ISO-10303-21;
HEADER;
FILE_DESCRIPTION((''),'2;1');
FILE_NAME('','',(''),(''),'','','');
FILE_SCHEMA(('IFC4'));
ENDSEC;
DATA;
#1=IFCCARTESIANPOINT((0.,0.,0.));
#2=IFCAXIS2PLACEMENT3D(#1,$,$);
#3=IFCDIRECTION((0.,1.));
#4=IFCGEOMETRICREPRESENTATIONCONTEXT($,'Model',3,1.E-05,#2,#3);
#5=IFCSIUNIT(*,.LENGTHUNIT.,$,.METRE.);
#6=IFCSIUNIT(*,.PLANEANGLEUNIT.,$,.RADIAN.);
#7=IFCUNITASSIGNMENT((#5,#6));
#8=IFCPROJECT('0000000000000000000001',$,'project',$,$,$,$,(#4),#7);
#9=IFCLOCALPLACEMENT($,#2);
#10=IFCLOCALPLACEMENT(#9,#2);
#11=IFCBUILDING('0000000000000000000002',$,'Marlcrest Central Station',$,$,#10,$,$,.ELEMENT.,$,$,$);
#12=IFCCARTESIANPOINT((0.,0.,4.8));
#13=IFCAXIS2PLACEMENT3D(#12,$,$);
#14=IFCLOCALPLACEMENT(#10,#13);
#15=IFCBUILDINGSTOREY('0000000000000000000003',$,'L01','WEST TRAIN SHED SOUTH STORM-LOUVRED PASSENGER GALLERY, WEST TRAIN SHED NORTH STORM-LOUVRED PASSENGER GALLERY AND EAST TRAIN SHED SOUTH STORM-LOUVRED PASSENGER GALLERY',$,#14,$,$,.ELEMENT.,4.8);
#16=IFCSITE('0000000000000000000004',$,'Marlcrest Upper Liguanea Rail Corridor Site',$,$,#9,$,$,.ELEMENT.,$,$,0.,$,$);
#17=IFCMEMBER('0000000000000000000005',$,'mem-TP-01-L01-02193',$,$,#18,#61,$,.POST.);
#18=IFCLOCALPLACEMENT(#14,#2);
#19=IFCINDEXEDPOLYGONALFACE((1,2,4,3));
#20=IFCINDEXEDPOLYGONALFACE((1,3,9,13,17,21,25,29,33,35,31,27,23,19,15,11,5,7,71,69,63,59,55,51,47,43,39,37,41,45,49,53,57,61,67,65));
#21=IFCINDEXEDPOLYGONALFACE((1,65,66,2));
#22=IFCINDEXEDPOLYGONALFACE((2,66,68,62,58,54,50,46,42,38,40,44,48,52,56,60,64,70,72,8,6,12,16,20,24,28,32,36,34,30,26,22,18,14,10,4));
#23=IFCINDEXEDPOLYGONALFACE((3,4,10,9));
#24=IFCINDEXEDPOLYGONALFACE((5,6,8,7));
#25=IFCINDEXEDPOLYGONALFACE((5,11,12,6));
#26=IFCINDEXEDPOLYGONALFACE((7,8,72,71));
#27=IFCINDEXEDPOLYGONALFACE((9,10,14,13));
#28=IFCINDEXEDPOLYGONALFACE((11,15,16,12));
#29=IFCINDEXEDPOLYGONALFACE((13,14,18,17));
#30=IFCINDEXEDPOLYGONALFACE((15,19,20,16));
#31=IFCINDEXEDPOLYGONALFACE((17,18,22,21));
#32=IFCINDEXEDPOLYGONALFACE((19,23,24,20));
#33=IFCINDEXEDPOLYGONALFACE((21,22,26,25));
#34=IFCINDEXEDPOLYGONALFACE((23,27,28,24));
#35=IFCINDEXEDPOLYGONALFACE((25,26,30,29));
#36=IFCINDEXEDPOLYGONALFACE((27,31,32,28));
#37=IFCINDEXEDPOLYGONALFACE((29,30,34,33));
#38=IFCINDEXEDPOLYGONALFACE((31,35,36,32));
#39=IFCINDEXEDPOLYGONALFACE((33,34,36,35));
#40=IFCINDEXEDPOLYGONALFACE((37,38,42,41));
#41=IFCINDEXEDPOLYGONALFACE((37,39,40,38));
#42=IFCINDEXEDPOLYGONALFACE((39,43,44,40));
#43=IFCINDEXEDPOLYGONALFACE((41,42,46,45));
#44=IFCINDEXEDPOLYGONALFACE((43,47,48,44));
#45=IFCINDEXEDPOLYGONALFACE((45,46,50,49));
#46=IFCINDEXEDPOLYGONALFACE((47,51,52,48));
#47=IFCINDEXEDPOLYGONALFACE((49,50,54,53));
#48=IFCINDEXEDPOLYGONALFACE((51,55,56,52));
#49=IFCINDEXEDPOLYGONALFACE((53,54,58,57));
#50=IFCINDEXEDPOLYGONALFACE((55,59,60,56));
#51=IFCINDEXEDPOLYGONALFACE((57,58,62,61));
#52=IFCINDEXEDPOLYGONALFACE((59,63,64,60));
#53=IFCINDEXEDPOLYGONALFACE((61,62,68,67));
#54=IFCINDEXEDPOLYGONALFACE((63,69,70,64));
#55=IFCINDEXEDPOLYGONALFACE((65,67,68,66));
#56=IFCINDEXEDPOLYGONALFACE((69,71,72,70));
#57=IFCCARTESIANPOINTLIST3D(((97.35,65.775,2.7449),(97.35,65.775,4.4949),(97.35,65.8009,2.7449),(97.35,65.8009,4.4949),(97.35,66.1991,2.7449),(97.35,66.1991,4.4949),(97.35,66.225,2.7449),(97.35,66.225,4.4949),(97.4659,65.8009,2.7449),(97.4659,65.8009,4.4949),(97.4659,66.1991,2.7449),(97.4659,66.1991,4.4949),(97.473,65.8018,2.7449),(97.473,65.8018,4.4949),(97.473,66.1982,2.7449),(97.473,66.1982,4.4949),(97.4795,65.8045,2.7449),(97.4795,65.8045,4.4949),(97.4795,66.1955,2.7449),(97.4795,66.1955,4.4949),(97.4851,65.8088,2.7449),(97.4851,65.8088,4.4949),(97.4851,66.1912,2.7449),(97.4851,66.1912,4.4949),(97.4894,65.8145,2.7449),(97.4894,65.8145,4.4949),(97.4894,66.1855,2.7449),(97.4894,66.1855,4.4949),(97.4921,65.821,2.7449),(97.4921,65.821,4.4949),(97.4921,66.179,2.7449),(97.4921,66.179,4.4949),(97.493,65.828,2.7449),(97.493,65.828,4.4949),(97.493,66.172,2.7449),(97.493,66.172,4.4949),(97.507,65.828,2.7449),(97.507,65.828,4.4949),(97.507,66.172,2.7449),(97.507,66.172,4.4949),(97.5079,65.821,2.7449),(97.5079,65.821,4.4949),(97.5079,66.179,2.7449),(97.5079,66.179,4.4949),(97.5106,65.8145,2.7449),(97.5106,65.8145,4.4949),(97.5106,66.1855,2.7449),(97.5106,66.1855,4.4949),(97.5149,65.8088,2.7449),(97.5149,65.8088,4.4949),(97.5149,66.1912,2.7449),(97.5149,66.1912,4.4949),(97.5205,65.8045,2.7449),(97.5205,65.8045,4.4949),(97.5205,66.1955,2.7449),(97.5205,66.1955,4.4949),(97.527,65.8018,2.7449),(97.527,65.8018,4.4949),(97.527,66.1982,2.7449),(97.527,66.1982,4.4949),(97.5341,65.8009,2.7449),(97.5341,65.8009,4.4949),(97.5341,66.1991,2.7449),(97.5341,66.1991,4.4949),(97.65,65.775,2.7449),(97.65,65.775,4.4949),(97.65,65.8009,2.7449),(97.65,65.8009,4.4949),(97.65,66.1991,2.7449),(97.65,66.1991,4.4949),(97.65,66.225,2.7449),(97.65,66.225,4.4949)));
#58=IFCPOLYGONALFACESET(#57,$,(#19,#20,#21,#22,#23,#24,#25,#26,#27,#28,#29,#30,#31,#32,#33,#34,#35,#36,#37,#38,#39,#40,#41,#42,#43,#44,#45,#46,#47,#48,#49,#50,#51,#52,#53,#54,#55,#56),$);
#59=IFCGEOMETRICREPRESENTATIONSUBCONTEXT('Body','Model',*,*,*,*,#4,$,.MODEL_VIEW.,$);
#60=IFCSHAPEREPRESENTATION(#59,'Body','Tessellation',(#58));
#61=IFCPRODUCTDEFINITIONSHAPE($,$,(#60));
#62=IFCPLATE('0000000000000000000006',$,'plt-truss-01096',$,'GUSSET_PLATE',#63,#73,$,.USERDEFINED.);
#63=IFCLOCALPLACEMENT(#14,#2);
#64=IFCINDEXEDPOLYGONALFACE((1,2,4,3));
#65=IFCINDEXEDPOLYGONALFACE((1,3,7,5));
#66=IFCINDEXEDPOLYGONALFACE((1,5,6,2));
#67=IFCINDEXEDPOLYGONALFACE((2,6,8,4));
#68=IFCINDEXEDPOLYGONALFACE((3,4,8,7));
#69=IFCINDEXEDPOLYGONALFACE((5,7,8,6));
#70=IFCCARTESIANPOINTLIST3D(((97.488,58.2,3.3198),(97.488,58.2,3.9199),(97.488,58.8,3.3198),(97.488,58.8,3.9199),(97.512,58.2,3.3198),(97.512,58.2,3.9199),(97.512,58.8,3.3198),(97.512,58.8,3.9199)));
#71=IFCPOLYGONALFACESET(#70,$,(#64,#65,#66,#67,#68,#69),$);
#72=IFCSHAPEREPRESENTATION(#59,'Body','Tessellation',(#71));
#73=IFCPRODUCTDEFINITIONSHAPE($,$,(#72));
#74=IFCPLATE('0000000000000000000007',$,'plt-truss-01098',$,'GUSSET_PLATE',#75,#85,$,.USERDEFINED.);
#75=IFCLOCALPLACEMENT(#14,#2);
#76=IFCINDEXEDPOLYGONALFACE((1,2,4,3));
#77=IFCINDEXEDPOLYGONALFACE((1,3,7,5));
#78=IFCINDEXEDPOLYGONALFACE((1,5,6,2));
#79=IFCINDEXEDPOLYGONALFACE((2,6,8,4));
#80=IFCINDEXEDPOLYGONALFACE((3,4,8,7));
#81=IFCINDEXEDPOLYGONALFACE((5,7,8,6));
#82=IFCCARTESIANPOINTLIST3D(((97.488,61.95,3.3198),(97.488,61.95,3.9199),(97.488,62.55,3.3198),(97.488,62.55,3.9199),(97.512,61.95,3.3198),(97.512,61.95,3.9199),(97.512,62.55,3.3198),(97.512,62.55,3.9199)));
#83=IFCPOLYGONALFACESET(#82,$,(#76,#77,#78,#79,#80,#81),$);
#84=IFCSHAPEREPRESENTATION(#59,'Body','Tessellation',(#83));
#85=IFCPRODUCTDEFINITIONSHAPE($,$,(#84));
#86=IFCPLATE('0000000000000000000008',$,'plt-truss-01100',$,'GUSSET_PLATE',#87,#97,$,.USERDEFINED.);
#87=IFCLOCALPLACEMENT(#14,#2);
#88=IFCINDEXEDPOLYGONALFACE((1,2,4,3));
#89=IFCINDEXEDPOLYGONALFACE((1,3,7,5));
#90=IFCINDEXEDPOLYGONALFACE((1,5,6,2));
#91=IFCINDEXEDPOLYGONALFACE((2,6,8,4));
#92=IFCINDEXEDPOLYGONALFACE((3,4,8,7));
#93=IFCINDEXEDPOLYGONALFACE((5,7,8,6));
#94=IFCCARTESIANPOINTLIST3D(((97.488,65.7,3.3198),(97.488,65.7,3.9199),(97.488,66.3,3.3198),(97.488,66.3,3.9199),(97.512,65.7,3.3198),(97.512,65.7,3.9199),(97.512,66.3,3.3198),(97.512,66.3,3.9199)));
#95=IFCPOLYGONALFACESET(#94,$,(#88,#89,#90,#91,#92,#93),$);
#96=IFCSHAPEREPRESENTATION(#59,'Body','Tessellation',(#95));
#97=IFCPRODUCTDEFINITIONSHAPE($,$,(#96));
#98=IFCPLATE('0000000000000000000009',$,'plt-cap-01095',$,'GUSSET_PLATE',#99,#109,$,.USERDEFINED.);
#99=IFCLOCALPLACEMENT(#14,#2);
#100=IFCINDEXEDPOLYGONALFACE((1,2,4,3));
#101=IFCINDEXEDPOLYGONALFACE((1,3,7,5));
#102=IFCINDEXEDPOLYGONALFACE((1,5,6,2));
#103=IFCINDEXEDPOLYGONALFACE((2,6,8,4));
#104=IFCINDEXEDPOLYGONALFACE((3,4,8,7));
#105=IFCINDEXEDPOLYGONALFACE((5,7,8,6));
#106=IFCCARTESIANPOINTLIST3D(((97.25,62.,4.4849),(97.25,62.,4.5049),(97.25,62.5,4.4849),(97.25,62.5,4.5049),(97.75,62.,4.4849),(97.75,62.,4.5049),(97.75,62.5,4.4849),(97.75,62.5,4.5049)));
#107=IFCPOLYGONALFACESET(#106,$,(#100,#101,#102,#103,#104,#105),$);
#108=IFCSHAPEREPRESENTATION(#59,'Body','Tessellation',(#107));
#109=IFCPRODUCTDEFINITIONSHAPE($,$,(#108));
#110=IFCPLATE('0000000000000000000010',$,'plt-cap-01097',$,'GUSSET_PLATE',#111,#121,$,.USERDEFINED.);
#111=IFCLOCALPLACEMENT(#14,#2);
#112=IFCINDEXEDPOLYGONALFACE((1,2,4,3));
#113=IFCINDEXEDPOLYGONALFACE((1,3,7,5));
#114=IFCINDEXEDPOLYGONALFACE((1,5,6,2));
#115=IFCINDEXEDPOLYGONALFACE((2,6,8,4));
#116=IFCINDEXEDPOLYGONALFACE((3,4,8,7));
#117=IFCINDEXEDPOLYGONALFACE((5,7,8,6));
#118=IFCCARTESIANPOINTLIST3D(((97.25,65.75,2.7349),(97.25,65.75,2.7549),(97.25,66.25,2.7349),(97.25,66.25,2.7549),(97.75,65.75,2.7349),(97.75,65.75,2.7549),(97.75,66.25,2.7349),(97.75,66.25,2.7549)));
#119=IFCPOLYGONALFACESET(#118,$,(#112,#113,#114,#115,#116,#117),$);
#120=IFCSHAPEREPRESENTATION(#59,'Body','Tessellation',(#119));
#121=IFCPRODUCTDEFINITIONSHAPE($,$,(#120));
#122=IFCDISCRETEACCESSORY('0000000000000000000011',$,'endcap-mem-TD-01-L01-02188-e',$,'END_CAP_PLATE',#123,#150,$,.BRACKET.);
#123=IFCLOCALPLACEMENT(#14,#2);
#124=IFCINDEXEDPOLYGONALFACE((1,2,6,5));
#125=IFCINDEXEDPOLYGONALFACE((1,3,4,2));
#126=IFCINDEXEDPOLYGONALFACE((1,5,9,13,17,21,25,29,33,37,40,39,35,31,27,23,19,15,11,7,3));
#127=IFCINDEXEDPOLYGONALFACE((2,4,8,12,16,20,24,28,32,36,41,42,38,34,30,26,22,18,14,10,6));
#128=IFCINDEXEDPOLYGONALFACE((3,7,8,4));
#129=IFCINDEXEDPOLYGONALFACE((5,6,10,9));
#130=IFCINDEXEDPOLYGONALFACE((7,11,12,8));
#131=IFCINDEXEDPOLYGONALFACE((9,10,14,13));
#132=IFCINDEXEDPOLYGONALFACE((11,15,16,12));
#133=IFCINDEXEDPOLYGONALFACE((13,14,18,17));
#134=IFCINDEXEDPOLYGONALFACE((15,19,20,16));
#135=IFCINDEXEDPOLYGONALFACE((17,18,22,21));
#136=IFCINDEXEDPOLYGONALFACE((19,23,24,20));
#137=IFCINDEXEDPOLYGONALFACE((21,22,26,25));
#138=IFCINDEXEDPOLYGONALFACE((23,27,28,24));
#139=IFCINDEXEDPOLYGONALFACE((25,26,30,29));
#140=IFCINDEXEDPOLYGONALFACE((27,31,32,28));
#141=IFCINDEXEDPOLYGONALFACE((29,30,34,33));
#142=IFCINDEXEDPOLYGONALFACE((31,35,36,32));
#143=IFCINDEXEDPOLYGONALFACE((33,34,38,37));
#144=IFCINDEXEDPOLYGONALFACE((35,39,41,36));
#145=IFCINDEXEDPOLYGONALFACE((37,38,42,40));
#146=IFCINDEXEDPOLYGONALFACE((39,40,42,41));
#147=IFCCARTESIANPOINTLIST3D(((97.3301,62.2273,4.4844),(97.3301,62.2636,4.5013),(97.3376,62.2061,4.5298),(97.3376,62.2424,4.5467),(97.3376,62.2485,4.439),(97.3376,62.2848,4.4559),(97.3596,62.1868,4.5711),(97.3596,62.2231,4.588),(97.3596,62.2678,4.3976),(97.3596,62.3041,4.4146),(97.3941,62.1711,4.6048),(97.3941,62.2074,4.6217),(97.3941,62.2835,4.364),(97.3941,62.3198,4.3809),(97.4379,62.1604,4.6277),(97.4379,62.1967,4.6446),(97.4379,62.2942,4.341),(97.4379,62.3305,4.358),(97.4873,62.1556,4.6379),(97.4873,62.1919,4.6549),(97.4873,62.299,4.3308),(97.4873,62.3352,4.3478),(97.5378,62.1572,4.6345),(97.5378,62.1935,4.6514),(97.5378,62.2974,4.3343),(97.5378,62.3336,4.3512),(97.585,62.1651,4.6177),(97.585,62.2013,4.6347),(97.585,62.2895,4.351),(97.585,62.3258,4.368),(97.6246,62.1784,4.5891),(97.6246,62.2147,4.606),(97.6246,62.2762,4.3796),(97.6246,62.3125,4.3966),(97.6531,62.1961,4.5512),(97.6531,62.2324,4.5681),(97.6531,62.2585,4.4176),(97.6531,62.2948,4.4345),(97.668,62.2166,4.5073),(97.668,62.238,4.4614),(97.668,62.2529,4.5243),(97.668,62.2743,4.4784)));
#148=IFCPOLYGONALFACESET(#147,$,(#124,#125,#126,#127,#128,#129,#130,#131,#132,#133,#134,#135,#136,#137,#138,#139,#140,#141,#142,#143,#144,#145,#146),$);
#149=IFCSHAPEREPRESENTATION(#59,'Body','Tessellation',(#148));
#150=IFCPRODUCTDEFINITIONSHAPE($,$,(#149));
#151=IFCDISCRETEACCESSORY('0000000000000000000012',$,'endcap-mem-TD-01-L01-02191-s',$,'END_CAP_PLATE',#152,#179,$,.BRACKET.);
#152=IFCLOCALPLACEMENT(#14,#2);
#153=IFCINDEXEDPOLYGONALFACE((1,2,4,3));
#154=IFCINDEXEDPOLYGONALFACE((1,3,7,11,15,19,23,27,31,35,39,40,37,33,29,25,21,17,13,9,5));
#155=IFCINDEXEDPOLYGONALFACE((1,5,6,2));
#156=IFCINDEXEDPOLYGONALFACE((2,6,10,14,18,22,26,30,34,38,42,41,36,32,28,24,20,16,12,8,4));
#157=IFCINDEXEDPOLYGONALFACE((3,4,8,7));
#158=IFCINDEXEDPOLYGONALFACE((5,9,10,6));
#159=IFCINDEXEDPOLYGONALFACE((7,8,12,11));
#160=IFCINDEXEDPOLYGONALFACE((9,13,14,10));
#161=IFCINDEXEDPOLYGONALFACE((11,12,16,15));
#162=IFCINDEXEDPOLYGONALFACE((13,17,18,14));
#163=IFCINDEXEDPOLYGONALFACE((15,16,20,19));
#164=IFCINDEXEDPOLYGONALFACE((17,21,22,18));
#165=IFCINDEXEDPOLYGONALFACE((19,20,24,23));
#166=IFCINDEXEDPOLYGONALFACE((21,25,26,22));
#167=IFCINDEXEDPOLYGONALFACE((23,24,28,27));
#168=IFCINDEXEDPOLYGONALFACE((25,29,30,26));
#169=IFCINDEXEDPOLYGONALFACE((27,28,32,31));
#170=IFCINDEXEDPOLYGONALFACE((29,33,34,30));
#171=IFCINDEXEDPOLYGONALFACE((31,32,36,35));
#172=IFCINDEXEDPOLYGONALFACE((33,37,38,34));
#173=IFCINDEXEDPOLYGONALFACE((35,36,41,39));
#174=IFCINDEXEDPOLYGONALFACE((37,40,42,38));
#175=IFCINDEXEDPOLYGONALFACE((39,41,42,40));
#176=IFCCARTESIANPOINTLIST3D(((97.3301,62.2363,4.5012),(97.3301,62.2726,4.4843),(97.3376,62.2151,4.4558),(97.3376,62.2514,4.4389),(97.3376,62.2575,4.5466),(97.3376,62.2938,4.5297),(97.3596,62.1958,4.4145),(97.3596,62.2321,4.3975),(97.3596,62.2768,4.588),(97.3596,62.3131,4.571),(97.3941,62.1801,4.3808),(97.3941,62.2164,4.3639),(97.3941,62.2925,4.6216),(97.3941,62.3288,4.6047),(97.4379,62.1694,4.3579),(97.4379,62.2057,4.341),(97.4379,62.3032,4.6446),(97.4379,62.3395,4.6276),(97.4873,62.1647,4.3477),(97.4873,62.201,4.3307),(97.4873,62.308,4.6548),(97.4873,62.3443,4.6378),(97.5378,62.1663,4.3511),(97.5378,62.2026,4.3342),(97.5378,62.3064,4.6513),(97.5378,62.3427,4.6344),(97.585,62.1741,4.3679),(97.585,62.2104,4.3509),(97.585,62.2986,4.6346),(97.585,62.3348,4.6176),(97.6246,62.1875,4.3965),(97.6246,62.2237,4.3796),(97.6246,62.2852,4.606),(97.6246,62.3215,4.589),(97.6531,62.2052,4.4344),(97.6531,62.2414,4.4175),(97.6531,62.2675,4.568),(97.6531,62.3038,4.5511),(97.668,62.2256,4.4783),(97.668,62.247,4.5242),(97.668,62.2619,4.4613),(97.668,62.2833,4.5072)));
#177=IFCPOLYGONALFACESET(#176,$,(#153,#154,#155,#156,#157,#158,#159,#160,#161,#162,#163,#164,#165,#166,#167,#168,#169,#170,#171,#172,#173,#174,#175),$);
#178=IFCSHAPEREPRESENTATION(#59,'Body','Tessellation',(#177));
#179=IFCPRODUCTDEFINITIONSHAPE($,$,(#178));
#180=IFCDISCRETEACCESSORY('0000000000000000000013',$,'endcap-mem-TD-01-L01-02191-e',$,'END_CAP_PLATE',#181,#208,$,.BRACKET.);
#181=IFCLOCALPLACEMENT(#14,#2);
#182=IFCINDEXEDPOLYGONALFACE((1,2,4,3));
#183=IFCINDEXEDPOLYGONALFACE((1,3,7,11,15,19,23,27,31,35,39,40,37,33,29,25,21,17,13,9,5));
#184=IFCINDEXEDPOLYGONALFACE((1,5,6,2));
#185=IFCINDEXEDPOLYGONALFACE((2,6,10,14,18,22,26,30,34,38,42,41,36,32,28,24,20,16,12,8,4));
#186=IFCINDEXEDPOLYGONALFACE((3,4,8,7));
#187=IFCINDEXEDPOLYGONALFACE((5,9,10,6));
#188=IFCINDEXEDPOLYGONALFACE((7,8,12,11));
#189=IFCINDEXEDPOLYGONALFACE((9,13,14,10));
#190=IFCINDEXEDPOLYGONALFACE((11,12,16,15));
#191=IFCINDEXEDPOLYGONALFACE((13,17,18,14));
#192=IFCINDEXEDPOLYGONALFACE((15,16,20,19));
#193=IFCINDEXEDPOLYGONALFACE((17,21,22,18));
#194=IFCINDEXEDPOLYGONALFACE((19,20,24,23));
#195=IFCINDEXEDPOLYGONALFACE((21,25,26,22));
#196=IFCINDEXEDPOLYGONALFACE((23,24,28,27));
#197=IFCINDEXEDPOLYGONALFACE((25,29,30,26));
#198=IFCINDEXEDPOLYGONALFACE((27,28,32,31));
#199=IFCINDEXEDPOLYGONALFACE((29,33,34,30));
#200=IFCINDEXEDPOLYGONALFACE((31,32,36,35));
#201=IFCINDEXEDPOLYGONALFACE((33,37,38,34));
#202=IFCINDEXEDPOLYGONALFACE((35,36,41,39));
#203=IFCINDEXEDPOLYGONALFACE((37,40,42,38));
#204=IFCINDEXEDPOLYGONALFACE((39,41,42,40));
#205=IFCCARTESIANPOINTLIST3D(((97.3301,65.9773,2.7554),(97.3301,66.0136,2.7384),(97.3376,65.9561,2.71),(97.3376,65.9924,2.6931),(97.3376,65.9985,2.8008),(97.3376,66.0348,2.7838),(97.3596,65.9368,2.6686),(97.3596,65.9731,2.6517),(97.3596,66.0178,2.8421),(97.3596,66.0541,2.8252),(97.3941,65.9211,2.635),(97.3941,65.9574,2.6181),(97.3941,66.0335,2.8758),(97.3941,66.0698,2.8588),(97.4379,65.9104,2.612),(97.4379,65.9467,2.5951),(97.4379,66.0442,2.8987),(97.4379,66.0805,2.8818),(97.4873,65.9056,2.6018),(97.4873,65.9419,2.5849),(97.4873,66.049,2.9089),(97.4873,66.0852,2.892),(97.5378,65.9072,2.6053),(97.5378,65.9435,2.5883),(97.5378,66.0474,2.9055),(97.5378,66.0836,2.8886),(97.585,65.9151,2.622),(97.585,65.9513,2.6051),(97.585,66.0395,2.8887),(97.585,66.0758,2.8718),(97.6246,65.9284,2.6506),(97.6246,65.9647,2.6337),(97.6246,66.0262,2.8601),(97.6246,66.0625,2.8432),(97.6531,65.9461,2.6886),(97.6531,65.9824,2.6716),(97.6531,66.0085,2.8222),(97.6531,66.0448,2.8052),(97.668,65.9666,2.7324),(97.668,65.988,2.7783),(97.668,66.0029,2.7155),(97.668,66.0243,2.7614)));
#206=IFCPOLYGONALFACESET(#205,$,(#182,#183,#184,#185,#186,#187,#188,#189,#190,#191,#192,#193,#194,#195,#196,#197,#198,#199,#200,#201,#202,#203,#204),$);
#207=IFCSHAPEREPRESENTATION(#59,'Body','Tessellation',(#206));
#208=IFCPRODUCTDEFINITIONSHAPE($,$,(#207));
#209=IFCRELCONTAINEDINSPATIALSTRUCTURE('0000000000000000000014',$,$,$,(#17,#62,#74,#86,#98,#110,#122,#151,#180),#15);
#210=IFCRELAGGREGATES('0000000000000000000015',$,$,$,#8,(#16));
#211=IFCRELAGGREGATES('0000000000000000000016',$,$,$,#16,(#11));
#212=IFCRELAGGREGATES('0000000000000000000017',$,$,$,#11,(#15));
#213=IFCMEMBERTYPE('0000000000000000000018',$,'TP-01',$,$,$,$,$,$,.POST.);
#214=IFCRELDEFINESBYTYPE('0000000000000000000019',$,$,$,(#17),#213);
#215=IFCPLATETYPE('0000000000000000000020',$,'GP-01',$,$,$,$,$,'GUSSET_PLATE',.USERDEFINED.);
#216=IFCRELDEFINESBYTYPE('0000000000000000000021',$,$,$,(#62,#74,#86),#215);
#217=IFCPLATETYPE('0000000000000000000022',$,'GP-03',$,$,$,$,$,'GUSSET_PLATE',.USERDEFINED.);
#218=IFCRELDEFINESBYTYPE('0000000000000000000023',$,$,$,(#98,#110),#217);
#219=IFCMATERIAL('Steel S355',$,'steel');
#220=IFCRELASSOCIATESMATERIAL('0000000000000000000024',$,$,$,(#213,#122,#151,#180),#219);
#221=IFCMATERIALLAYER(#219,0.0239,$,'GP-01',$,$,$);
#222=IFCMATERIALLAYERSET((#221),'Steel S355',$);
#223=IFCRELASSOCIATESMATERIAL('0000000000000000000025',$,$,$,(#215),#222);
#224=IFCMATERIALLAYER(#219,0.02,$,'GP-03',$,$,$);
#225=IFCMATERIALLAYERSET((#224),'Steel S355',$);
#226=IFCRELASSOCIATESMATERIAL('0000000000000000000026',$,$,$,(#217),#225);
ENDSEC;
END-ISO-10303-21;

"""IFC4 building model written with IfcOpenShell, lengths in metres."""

from ifc_helpers import new_model, si_unit, direction, frame, origin, origin_2d, place, context, subcontext, project, spatial, rectangle, circle, i_section, extrude, material, layer, layer_set, material_profile, profile_set, type_object, element, save


model = new_model("IFC4")

# Units and contexts
model_context = context("Model", 3, precision=1e-05, world=origin(), true_north=direction((0.0, 1.0)))
body_context = subcontext(model_context, "Body", "Model", "MODEL_VIEW")
ifc_project = project(units=[si_unit("LENGTHUNIT", "METRE"), si_unit("PLANEANGLEUNIT", "RADIAN")], contexts=[model_context])

# Site, building, storey
site_placement = place(None, origin())
site = spatial("IfcSite", under=ifc_project, at=site_placement, Name="Marlcrest Upper Liguanea Rail Corridor Site", CompositionType="ELEMENT", RefElevation=0.0)
building_placement = place(site_placement, origin())
building = spatial("IfcBuilding", under=site, at=building_placement, Name="Marlcrest Central Station", CompositionType="ELEMENT")
storey_placement = place(building_placement, frame((0.0, 0.0, 4.8)))
storey = spatial("IfcBuildingStorey", under=building, at=storey_placement, Name="L01", Description="WEST TRAIN SHED SOUTH STORM-LOUVRED PASSENGER GALLERY, WEST TRAIN SHED NORTH STORM-LOUVRED PASSENGER GALLERY AND EAST TRAIN SHED SOUTH STORM-LOUVRED PASSENGER GALLERY", CompositionType="ELEMENT", Elevation=4.8)

# Shared definitions
ifc_material = material(Name="Steel S355", Category="steel")

# Member
ifc_material_profile_1 = material_profile(ifc_material, i_section(OverallWidth=0.3, OverallDepth=0.45, WebThickness=0.0139, FlangeThickness=0.0259, FilletRadius=0.0271, at=origin_2d()), Name="HEB 450")
ifc_profile_set_1 = profile_set([ifc_material_profile_1], Name="Steel S355")
member_type_1 = type_object("IfcMemberType", Name="TP-01", PredefinedType="POST", material=ifc_profile_set_1)
for number, where, z_axis, x_axis, name in (
    (1, (97.5, 66.0, 2.7449), (0.0, 0.0, 1.0), (1.0, 0.0, 0.0), "mem-TP-01-L01-02193"),
):
    element("IfcMember", number, at=place(storey_placement, frame(where, z_axis=z_axis, x_axis=x_axis)), inside=storey, type_object=member_type_1, Name=name, PredefinedType="POST", context=body_context, shape_type="SweptSolid", body=[
        extrude(i_section(OverallWidth=0.3, OverallDepth=0.45, WebThickness=0.0139, FlangeThickness=0.0259, FilletRadius=0.0271, at=origin_2d()), origin(), (0.0, 0.0, 1.0), 1.75),
    ])

# Plates
ifc_layer_1 = layer(ifc_material, 0.0239, Name="GP-01")
ifc_layer_set_1 = layer_set([ifc_layer_1], Name="Steel S355")
plate_type_1 = type_object("IfcPlateType", Name="GP-01", ElementType="GUSSET_PLATE", PredefinedType="USERDEFINED", material=ifc_layer_set_1)
for number, where, z_axis, x_axis, name in (
    (2, (97.5, 58.5, 3.3198), (0.0, 0.0, 1.0), (1.0, 0.0, 0.0), "plt-truss-01096"),
    (3, (97.5, 62.25, 3.3198), (0.0, 0.0, 1.0), (1.0, 0.0, 0.0), "plt-truss-01098"),
    (4, (97.5, 66.0, 3.3198), (0.0, 0.0, 1.0), (1.0, 0.0, 0.0), "plt-truss-01100"),
):
    element("IfcPlate", number, at=place(storey_placement, frame(where, z_axis=z_axis, x_axis=x_axis)), inside=storey, type_object=plate_type_1, Name=name, ObjectType="GUSSET_PLATE", PredefinedType="USERDEFINED", context=body_context, shape_type="SweptSolid", body=[
        extrude(rectangle(XDim=0.0239, YDim=0.6001, at=origin_2d()), origin(), (0.0, 0.0, 1.0), 0.6001),
    ])
ifc_layer_2 = layer(ifc_material, 0.02, Name="GP-03")
ifc_layer_set_2 = layer_set([ifc_layer_2], Name="Steel S355")
plate_type_2 = type_object("IfcPlateType", Name="GP-03", ElementType="GUSSET_PLATE", PredefinedType="USERDEFINED", material=ifc_layer_set_2)
for number, where, z_axis, x_axis, name in (
    (5, (97.5, 62.25, 4.4849), (0.0, 0.0, 1.0), (1.0, 0.0, 0.0), "plt-cap-01095"),
    (6, (97.5, 66.0, 2.7349), (0.0, 0.0, 1.0), (1.0, 0.0, 0.0), "plt-cap-01097"),
):
    element("IfcPlate", number, at=place(storey_placement, frame(where, z_axis=z_axis, x_axis=x_axis)), inside=storey, type_object=plate_type_2, Name=name, ObjectType="GUSSET_PLATE", PredefinedType="USERDEFINED", context=body_context, shape_type="SweptSolid", body=[
        extrude(rectangle(XDim=0.5, YDim=0.5, at=origin_2d()), origin(), (0.0, 0.0, 1.0), 0.02),
    ])

# Discrete accessories
for number, where, z_axis, x_axis, name in (
    (7, (97.5, 62.2273, 4.4844), (0.0, 0.906183, 0.422885), (-1.0, 0.0, 0.0), "endcap-mem-TD-01-L01-02188-e"),
    (8, (97.5, 62.2363, 4.5012), (0.0, 0.906183, -0.422885), (-1.0, 0.0, 0.0), "endcap-mem-TD-01-L01-02191-s"),
    (9, (97.5, 65.9773, 2.7554), (0.0, 0.906183, -0.422885), (-1.0, 0.0, 0.0), "endcap-mem-TD-01-L01-02191-e"),
):
    element("IfcDiscreteAccessory", number, at=place(storey_placement, frame(where, z_axis=z_axis, x_axis=x_axis)), inside=storey, material=ifc_material, Name=name, ObjectType="END_CAP_PLATE", PredefinedType="BRACKET", context=body_context, shape_type="SweptSolid", body=[
        extrude(circle(Radius=0.1699, at=origin_2d()), origin(), (0.0, 0.0, 1.0), 0.04),
    ])

save(model, "model.ifc")
